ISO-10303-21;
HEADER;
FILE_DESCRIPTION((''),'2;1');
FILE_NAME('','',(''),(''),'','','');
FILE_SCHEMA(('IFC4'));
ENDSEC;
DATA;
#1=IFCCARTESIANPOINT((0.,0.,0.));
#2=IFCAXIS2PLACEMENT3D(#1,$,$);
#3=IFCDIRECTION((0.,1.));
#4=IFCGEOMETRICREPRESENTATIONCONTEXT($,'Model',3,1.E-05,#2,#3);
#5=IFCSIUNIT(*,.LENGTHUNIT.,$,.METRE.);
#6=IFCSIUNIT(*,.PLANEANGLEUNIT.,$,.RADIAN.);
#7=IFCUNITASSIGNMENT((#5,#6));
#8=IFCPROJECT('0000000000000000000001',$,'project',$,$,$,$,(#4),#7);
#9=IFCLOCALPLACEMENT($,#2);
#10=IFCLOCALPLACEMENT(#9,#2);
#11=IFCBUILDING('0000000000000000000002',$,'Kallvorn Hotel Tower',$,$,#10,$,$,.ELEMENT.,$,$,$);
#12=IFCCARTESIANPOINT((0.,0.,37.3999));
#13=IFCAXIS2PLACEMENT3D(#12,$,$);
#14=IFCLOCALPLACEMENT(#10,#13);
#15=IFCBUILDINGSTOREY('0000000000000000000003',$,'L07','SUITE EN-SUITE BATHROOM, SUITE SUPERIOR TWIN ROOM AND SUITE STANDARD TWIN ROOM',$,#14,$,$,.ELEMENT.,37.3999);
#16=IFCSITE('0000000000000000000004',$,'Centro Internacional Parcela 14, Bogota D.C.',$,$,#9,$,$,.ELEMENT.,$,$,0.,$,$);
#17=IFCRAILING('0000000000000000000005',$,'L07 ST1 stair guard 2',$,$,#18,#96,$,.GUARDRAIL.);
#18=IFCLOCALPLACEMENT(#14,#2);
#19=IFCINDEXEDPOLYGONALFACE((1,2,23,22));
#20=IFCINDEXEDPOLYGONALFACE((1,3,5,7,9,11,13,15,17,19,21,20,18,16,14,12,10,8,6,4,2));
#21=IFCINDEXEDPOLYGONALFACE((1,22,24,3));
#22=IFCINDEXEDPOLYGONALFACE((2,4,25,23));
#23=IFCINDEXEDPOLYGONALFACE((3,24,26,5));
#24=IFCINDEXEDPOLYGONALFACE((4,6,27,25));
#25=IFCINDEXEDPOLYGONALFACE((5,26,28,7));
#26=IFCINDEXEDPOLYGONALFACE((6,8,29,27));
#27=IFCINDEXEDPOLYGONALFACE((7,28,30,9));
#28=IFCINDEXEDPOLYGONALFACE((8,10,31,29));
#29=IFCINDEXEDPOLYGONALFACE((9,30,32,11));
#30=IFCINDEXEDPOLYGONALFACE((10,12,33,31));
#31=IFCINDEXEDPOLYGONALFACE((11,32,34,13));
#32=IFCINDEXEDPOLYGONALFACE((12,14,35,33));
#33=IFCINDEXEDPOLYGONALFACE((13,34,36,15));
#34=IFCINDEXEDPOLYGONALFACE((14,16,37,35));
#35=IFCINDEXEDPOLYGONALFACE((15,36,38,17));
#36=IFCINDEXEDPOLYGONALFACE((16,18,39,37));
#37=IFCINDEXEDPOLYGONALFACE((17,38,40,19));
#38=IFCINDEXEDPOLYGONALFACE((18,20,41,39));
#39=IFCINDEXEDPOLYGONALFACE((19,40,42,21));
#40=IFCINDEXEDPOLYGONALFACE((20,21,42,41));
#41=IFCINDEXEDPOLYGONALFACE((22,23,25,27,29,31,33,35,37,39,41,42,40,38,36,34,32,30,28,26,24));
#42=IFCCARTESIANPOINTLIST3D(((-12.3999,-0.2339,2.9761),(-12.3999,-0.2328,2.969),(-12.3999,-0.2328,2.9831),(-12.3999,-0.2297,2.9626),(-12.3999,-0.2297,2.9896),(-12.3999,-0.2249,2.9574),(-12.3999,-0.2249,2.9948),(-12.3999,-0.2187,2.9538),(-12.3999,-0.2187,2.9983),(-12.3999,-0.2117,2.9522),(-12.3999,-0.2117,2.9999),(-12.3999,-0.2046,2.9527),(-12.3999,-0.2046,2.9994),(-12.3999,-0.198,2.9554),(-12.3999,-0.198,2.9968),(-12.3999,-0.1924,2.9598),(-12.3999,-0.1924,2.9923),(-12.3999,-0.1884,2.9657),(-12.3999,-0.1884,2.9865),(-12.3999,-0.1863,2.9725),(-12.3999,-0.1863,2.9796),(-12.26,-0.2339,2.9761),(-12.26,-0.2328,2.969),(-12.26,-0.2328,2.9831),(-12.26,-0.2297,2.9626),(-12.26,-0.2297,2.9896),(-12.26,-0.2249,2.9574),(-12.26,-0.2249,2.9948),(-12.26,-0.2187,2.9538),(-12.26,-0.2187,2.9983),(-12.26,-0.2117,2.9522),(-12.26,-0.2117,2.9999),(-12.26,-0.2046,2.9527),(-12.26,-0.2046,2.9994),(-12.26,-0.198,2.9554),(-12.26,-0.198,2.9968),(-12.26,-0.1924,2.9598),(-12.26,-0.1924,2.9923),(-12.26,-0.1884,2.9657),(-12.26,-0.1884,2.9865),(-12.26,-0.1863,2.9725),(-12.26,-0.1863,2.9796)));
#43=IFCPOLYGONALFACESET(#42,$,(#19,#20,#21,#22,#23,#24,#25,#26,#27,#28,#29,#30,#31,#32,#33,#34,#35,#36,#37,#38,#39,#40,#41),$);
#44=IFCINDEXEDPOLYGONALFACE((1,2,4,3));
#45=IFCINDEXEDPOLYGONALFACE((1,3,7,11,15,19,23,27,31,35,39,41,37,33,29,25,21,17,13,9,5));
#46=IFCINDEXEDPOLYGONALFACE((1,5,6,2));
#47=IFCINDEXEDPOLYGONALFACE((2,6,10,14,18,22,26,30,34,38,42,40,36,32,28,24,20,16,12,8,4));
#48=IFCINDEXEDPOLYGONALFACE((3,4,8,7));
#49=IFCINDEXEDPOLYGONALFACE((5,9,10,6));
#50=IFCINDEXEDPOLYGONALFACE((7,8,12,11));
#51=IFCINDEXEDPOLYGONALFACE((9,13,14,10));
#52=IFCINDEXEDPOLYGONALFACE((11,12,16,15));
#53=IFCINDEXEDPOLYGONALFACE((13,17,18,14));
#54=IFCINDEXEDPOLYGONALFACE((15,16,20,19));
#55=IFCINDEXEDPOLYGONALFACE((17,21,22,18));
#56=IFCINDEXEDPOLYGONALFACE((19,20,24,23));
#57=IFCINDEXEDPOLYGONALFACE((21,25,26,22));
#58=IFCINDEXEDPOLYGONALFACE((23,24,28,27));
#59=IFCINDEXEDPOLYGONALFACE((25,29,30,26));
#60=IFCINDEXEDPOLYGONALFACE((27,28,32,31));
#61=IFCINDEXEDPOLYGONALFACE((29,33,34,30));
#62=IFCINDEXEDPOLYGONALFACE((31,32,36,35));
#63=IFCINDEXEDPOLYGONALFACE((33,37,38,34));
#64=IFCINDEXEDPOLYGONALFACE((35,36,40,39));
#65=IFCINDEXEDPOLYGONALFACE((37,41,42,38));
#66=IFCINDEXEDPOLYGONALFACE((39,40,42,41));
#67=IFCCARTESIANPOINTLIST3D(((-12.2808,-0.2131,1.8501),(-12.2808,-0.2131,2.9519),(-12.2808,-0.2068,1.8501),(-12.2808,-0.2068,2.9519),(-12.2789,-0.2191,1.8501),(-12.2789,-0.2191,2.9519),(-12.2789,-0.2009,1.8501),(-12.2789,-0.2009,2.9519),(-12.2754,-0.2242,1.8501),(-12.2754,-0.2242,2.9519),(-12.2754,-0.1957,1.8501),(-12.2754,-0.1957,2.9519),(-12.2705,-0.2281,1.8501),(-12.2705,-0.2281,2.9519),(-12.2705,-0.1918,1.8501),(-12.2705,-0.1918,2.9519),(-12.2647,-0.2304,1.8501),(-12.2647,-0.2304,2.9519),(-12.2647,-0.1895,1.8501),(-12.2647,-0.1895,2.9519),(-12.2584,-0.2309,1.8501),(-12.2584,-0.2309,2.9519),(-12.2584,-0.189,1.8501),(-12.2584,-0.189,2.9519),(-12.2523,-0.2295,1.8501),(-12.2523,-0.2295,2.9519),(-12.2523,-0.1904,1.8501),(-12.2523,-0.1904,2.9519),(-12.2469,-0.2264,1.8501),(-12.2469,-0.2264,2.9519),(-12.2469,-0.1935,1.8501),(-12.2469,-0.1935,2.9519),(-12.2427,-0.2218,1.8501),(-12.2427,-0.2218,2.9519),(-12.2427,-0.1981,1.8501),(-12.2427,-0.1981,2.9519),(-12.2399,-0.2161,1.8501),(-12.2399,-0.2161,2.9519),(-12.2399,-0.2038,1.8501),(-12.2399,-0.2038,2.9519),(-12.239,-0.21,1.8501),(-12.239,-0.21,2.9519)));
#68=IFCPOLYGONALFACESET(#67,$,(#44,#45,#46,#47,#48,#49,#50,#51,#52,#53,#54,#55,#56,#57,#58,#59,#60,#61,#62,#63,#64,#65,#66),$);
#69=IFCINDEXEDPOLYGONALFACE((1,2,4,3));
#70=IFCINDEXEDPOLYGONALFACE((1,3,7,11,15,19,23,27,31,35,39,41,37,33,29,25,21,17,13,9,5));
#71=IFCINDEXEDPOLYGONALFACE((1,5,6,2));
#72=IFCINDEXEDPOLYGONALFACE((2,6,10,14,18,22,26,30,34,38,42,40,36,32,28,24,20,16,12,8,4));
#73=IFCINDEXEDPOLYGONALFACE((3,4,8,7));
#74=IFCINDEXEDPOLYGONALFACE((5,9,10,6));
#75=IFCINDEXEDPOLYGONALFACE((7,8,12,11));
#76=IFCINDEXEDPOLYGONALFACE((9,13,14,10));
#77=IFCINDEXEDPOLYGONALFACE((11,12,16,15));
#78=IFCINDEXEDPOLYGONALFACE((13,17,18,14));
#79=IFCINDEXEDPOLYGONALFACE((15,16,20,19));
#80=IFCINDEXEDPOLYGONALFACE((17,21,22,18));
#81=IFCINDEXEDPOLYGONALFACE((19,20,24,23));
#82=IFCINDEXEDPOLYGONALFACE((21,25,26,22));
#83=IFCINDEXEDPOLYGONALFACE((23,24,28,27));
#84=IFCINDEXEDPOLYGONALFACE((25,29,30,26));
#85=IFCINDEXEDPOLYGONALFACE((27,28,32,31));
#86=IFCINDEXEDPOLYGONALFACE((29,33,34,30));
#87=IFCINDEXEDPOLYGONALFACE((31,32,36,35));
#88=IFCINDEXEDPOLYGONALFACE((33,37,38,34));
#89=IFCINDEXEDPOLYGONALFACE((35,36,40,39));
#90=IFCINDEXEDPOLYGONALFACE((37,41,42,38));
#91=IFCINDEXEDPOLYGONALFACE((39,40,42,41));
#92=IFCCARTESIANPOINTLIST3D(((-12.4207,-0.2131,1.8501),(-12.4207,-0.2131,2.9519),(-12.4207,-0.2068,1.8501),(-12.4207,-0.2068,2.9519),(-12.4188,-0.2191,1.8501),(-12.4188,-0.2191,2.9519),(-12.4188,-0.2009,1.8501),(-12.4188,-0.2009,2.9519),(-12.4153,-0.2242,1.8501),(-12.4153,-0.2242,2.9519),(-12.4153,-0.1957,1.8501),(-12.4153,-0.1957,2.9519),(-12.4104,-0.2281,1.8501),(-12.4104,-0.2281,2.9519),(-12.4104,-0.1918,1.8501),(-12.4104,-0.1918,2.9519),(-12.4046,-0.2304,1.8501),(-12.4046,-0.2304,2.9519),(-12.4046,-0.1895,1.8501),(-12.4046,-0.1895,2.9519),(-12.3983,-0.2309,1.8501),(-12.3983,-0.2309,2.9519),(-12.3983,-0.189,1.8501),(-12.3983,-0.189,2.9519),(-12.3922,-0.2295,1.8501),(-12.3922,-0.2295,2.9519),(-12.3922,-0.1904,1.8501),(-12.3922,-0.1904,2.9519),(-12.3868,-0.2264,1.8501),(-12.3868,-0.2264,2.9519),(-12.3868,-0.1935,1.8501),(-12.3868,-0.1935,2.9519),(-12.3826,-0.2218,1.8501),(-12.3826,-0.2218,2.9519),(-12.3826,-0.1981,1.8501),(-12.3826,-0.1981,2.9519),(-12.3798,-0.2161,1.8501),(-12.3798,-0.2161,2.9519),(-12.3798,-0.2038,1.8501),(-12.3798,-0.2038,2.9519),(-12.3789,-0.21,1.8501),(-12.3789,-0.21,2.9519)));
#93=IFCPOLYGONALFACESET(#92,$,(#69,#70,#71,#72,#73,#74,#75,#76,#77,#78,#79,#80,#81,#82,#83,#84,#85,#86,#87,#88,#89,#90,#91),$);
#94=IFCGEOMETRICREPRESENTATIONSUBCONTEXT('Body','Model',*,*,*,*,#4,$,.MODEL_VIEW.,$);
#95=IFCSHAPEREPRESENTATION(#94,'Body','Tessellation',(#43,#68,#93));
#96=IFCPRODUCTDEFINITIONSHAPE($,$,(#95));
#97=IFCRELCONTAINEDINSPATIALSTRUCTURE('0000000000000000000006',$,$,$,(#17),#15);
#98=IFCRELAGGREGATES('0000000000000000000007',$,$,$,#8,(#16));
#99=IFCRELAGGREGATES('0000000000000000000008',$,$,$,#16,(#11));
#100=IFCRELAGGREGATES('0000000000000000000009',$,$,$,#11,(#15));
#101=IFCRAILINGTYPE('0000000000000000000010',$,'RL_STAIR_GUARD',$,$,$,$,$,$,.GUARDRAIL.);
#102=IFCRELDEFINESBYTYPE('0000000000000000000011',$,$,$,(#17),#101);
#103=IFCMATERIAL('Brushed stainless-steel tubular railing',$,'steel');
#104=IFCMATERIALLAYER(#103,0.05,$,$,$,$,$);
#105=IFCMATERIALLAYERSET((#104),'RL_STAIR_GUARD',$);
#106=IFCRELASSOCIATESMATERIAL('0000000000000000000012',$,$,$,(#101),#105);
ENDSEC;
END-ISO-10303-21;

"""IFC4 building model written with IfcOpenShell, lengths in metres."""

from ifc_helpers import new_model, si_unit, direction, frame, origin, origin_2d, place, context, subcontext, project, spatial, circle, extrude, material, layer, layer_set, type_object, element, save


model = new_model("IFC4")

# Units and contexts
model_context = context("Model", 3, precision=1e-05, world=origin(), true_north=direction((0.0, 1.0)))
body_context = subcontext(model_context, "Body", "Model", "MODEL_VIEW")
ifc_project = project(units=[si_unit("LENGTHUNIT", "METRE"), si_unit("PLANEANGLEUNIT", "RADIAN")], contexts=[model_context])

# Site, building, storey
site_placement = place(None, origin())
site = spatial("IfcSite", under=ifc_project, at=site_placement, Name="Centro Internacional Parcela 14, Bogota D.C.", CompositionType="ELEMENT", RefElevation=0.0)
building_placement = place(site_placement, origin())
building = spatial("IfcBuilding", under=site, at=building_placement, Name="Kallvorn Hotel Tower", CompositionType="ELEMENT")
storey_placement = place(building_placement, frame((0.0, 0.0, 37.3999)))
storey = spatial("IfcBuildingStorey", under=building, at=storey_placement, Name="L07", Description="SUITE EN-SUITE BATHROOM, SUITE SUPERIOR TWIN ROOM AND SUITE STANDARD TWIN ROOM", CompositionType="ELEMENT", Elevation=37.3999)

# Railing
ifc_material_1 = material(Name="Brushed stainless-steel tubular railing", Category="steel")
ifc_layer_1 = layer(ifc_material_1, 0.05)
ifc_layer_set_1 = layer_set([ifc_layer_1], Name="RL_STAIR_GUARD")
railing_type_1 = type_object("IfcRailingType", Name="RL_STAIR_GUARD", PredefinedType="GUARDRAIL", material=ifc_layer_set_1)
railing_1_placement = place(storey_placement, frame((-12.26, -0.21, 1.8501)))
element("IfcRailing", 1, at=railing_1_placement, inside=storey, type_object=railing_type_1, Name="L07 ST1 stair guard 2", PredefinedType="GUARDRAIL", context=body_context, shape_type="SweptSolid", body=[
    extrude(circle(Radius=0.0239, at=origin_2d()), frame((0.0, 0.0, 1.126), z_axis=(-1.0, 0.0, 0.0), x_axis=(0.0, -1.0, 0.0)), (0.0, 0.0, 1.0), 0.1399),
    extrude(circle(Radius=0.021, at=origin_2d()), origin(), (0.0, 0.0, 1.0), 1.1018),
    extrude(circle(Radius=0.021, at=origin_2d()), frame((-0.1399, 0.0, 0.0)), (0.0, 0.0, 1.0), 1.1018),
])

save(model, "model.ifc")
